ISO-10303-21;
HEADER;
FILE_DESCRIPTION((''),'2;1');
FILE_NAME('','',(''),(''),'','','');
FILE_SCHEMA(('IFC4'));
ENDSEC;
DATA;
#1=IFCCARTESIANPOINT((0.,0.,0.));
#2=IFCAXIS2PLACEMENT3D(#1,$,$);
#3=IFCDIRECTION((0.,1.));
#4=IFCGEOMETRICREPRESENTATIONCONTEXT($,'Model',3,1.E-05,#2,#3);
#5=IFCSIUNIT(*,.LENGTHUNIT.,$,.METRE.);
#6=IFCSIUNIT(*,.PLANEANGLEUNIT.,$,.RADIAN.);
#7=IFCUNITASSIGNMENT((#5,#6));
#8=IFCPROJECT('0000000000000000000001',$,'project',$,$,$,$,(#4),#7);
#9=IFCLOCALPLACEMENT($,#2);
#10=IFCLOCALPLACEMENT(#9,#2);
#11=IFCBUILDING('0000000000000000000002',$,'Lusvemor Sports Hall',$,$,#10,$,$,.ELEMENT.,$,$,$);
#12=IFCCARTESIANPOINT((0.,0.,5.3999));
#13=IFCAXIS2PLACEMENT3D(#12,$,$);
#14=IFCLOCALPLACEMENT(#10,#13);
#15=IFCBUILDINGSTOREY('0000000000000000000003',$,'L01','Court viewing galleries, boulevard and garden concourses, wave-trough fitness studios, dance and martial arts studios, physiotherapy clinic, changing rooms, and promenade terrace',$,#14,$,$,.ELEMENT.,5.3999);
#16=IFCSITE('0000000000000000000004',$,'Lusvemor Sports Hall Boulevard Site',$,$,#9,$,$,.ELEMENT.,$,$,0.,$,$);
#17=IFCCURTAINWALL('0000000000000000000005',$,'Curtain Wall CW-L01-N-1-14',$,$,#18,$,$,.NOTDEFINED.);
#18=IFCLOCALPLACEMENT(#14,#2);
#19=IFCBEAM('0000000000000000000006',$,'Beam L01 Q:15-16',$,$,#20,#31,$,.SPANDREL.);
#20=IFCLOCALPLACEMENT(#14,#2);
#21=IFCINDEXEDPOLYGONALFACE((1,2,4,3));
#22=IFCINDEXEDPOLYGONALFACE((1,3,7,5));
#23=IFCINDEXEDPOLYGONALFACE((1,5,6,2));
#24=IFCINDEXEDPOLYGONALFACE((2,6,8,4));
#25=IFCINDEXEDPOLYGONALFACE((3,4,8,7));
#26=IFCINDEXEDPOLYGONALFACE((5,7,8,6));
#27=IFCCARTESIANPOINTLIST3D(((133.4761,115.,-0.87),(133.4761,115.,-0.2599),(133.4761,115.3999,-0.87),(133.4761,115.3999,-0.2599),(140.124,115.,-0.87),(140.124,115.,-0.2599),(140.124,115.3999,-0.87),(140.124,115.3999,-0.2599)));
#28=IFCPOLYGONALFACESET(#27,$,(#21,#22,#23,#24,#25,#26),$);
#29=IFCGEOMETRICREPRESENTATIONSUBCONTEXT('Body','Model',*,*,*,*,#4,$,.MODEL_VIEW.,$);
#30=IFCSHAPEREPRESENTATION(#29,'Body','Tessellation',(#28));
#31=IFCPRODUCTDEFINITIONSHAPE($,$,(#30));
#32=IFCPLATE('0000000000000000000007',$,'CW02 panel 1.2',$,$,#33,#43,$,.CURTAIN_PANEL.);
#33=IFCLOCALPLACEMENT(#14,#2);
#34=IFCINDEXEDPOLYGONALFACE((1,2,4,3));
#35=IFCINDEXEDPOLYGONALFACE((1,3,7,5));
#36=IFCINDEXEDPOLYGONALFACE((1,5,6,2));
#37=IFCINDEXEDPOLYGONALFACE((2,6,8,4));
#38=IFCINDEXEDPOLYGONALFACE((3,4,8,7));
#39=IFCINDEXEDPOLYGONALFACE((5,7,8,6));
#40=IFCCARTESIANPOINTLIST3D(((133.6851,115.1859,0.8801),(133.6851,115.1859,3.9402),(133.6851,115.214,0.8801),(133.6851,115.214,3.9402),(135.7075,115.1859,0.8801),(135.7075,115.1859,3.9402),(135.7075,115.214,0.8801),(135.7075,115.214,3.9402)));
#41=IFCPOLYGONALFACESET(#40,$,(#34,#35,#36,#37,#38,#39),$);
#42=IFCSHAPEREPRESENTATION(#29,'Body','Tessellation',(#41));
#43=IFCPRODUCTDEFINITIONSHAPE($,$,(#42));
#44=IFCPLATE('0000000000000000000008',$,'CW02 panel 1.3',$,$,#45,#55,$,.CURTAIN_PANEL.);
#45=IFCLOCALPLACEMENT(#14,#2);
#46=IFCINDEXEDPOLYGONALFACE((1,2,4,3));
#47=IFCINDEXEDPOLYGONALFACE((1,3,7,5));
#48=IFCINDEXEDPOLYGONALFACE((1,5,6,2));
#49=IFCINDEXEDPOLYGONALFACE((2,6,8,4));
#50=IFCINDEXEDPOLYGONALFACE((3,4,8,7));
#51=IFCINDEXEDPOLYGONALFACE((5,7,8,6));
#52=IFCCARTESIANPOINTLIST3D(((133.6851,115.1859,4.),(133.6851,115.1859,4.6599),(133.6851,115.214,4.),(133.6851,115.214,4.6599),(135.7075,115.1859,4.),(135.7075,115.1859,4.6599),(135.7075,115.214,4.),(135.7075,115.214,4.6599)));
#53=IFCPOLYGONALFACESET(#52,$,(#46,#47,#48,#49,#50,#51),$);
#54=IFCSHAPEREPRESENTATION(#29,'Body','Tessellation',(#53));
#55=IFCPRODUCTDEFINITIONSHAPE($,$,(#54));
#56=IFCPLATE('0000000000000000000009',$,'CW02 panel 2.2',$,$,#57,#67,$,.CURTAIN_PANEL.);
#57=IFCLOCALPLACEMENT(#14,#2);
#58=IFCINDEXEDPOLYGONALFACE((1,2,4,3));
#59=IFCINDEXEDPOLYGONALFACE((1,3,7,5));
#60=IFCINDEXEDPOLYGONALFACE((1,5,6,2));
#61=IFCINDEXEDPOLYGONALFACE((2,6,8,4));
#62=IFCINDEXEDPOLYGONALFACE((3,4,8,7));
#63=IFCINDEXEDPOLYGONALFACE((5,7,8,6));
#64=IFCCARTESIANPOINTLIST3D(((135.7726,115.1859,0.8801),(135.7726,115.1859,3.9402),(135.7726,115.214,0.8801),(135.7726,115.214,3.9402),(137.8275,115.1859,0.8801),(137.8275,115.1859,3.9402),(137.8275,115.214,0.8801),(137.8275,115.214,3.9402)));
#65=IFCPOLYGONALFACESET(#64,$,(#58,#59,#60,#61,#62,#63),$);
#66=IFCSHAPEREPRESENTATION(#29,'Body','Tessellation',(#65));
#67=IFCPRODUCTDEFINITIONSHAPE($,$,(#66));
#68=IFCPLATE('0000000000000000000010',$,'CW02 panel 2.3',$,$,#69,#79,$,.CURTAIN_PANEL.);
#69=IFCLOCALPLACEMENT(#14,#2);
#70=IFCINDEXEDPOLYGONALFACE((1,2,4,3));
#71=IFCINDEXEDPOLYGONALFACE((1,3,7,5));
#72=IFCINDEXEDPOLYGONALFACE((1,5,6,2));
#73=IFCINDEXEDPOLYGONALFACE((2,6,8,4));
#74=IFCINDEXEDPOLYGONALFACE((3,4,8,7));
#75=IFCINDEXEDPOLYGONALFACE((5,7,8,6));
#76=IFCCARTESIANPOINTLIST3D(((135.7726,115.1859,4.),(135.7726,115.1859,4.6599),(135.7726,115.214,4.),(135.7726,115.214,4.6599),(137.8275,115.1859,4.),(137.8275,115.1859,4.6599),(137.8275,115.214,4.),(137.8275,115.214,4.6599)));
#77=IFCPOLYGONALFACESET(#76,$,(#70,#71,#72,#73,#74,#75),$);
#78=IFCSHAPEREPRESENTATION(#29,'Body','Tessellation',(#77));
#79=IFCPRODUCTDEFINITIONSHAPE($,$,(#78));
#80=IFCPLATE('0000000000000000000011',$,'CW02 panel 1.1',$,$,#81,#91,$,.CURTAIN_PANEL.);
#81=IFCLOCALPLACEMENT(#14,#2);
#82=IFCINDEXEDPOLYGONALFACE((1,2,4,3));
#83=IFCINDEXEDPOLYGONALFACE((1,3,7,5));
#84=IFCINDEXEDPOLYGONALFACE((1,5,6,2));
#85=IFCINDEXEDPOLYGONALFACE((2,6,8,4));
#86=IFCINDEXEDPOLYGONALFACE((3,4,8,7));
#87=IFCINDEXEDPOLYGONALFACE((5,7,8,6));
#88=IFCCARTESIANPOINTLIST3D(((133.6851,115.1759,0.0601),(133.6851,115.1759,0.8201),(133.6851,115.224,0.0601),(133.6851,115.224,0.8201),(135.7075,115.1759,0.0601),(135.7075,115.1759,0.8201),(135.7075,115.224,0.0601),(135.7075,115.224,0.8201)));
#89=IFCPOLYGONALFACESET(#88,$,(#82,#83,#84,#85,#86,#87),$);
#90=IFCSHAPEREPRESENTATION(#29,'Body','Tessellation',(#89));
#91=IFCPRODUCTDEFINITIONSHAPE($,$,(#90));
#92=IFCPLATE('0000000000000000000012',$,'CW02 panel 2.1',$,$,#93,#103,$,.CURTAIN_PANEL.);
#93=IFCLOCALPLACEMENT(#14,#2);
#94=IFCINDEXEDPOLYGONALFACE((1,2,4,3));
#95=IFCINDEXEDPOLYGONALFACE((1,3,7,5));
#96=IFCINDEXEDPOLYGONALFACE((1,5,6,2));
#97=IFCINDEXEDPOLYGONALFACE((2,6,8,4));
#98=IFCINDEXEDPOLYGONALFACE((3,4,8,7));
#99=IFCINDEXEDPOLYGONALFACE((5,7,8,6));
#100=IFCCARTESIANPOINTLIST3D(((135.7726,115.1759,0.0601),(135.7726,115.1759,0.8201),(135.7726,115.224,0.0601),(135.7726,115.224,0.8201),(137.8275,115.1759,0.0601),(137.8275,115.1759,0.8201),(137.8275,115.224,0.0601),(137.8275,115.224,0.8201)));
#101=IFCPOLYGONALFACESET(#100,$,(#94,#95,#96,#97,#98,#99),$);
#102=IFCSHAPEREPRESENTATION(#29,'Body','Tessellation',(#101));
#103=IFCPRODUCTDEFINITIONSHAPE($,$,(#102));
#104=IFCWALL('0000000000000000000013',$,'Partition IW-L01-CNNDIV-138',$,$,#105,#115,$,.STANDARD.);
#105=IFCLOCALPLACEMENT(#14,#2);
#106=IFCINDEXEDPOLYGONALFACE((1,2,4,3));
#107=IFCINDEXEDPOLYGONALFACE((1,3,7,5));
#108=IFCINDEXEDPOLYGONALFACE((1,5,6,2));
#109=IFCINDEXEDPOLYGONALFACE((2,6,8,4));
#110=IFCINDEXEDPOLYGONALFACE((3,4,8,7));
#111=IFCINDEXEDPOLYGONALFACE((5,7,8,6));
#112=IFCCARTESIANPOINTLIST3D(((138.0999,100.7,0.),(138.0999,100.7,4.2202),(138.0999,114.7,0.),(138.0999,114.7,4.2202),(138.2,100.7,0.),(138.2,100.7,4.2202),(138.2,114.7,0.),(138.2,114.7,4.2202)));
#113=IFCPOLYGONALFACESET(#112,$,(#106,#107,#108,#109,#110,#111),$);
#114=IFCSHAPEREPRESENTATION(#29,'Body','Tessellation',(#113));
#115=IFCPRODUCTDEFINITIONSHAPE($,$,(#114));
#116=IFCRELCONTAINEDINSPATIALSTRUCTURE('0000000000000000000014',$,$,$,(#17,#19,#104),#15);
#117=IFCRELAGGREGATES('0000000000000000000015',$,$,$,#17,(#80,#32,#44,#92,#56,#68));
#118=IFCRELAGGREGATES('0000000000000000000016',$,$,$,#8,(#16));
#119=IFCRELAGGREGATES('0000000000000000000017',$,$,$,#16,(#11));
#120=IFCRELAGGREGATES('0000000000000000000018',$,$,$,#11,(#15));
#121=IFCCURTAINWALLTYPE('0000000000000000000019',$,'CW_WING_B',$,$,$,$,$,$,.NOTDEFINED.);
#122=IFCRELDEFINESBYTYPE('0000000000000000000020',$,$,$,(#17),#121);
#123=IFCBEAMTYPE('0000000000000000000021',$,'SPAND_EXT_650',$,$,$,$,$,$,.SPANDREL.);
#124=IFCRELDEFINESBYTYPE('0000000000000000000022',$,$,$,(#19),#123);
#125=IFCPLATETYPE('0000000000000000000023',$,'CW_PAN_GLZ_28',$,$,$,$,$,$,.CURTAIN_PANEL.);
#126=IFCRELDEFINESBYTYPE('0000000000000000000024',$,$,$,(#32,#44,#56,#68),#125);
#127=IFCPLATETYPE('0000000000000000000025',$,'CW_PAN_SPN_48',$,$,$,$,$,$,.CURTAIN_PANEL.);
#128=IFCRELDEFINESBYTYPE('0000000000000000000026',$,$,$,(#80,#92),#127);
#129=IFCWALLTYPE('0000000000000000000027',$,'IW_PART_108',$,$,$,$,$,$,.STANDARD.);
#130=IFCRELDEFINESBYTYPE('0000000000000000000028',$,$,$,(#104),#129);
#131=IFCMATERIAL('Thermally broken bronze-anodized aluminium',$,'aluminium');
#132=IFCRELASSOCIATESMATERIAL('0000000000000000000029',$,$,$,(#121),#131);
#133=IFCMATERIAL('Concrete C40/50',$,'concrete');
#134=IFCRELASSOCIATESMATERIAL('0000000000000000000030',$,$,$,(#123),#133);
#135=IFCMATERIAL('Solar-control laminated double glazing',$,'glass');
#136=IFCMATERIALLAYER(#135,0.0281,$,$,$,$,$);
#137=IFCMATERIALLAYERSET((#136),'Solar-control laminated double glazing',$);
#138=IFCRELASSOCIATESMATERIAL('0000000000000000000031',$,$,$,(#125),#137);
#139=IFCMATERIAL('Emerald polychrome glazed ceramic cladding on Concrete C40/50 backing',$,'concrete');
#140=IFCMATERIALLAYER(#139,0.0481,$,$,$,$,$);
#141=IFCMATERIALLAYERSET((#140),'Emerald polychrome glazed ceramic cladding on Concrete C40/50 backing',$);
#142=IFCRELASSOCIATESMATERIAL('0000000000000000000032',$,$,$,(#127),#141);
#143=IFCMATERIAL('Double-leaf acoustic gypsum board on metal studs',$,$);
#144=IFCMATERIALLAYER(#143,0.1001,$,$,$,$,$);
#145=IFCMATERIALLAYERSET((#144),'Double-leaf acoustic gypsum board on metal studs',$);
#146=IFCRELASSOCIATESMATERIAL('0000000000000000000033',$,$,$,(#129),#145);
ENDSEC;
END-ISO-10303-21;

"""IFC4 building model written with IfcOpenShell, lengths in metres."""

from ifc_helpers import new_model, si_unit, direction, frame, frame_2d, origin, origin_2d, place, context, subcontext, project, spatial, rectangle, extrude, material, layer, layer_set, material_profile, profile_set, type_object, element, aggregate, save


model = new_model("IFC4")

# Units and contexts
model_context = context("Model", 3, precision=1e-05, world=origin(), true_north=direction((0.0, 1.0)))
body_context = subcontext(model_context, "Body", "Model", "MODEL_VIEW")
ifc_project = project(units=[si_unit("LENGTHUNIT", "METRE"), si_unit("PLANEANGLEUNIT", "RADIAN")], contexts=[model_context])

# Site, building, storey
site_placement = place(None, origin())
site = spatial("IfcSite", under=ifc_project, at=site_placement, Name="Lusvemor Sports Hall Boulevard Site", CompositionType="ELEMENT", RefElevation=0.0)
building_placement = place(site_placement, origin())
building = spatial("IfcBuilding", under=site, at=building_placement, Name="Lusvemor Sports Hall", CompositionType="ELEMENT")
storey_placement = place(building_placement, frame((0.0, 0.0, 5.3999)))
storey = spatial("IfcBuildingStorey", under=building, at=storey_placement, Name="L01", Description="Court viewing galleries, boulevard and garden concourses, wave-trough fitness studios, dance and martial arts studios, physiotherapy clinic, changing rooms, and promenade terrace", CompositionType="ELEMENT", Elevation=5.3999)

# Curtain wall
ifc_material_1 = material(Name="Thermally broken bronze-anodized aluminium", Category="aluminium")
curtain_wall_type = type_object("IfcCurtainWallType", Name="CW_WING_B", PredefinedType="NOTDEFINED", material=ifc_material_1)
curtain_wall_placement = place(storey_placement, origin())
curtain_wall = element("IfcCurtainWall", 1, at=curtain_wall_placement, inside=storey, type_object=curtain_wall_type, Name="Curtain Wall CW-L01-N-1-14", PredefinedType="NOTDEFINED")

# Beam
ifc_material_2 = material(Name="Concrete C40/50", Category="concrete")
ifc_material_profile_1 = material_profile(ifc_material_2, rectangle(XDim=0.3999, YDim=0.6101, at=origin_2d()), Name="RC400x610")
ifc_profile_set_1 = profile_set([ifc_material_profile_1], Name="Concrete C40/50")
beam_type_1 = type_object("IfcBeamType", Name="SPAND_EXT_650", PredefinedType="SPANDREL", material=ifc_profile_set_1)
beam_1_placement = place(storey_placement, frame((133.4761, 115.2, -0.5649), z_axis=(1.0, 0.0, 0.0), x_axis=(0.0, 1.0, 0.0)))
element("IfcBeam", 2, at=beam_1_placement, inside=storey, type_object=beam_type_1, Name="Beam L01 Q:15-16", PredefinedType="SPANDREL", context=body_context, shape_type="SweptSolid", body=[
    extrude(rectangle(XDim=0.3999, YDim=0.6101, at=origin_2d()), origin(), (0.0, 0.0, 1.0), 6.6479),
])

# Plates
ifc_material_3 = material(Name="Solar-control laminated double glazing", Category="glass")
ifc_layer_1 = layer(ifc_material_3, 0.0281)
ifc_layer_set_1 = layer_set([ifc_layer_1], Name="Solar-control laminated double glazing")
plate_type_1 = type_object("IfcPlateType", Name="CW_PAN_GLZ_28", PredefinedType="CURTAIN_PANEL", material=ifc_layer_set_1)
plate_1_placement = place(storey_placement, frame((134.6963, 115.2, 0.8801), z_axis=(0.0, 0.0, 1.0), x_axis=(1.0, 0.0, 0.0)))
plate_1 = element("IfcPlate", 3, at=plate_1_placement, type_object=plate_type_1, Name="CW02 panel 1.2", PredefinedType="CURTAIN_PANEL", context=body_context, shape_type="SweptSolid", body=[
    extrude(rectangle(XDim=2.0225, YDim=0.0281, at=origin_2d()), origin(), (0.0, 0.0, 1.0), 3.0601),
])
plate_2_placement = place(storey_placement, frame((134.6963, 115.2, 4.0), z_axis=(0.0, 0.0, 1.0), x_axis=(1.0, 0.0, 0.0)))
plate_2 = element("IfcPlate", 4, at=plate_2_placement, type_object=plate_type_1, Name="CW02 panel 1.3", PredefinedType="CURTAIN_PANEL", context=body_context, shape_type="SweptSolid", body=[
    extrude(rectangle(XDim=2.0225, YDim=0.0281, at=origin_2d()), origin(), (0.0, 0.0, 1.0), 0.6599),
])
plate_3_placement = place(storey_placement, frame((136.8, 115.2, 0.8801), z_axis=(0.0, 0.0, 1.0), x_axis=(1.0, 0.0, 0.0)))
plate_3 = element("IfcPlate", 5, at=plate_3_placement, type_object=plate_type_1, Name="CW02 panel 2.2", PredefinedType="CURTAIN_PANEL", context=body_context, shape_type="SweptSolid", body=[
    extrude(rectangle(XDim=2.0549, YDim=0.0281, at=origin_2d()), origin(), (0.0, 0.0, 1.0), 3.0601),
])
plate_4_placement = place(storey_placement, frame((136.8, 115.2, 4.0), z_axis=(0.0, 0.0, 1.0), x_axis=(1.0, 0.0, 0.0)))
plate_4 = element("IfcPlate", 6, at=plate_4_placement, type_object=plate_type_1, Name="CW02 panel 2.3", PredefinedType="CURTAIN_PANEL", context=body_context, shape_type="SweptSolid", body=[
    extrude(rectangle(XDim=2.0549, YDim=0.0281, at=origin_2d()), origin(), (0.0, 0.0, 1.0), 0.6599),
])
ifc_material_4 = material(Name="Emerald polychrome glazed ceramic cladding on Concrete C40/50 backing", Category="concrete")
ifc_layer_2 = layer(ifc_material_4, 0.0481)
ifc_layer_set_2 = layer_set([ifc_layer_2], Name="Emerald polychrome glazed ceramic cladding on Concrete C40/50 backing")
plate_type_2 = type_object("IfcPlateType", Name="CW_PAN_SPN_48", PredefinedType="CURTAIN_PANEL", material=ifc_layer_set_2)
plate_5_placement = place(storey_placement, frame((134.6963, 115.2, 0.0601), z_axis=(0.0, 0.0, 1.0), x_axis=(1.0, 0.0, 0.0)))
plate_5 = element("IfcPlate", 7, at=plate_5_placement, type_object=plate_type_2, Name="CW02 panel 1.1", PredefinedType="CURTAIN_PANEL", context=body_context, shape_type="SweptSolid", body=[
    extrude(rectangle(XDim=2.0225, YDim=0.0481, at=origin_2d()), origin(), (0.0, 0.0, 1.0), 0.76),
])
plate_6_placement = place(storey_placement, frame((136.8, 115.2, 0.0601), z_axis=(0.0, 0.0, 1.0), x_axis=(1.0, 0.0, 0.0)))
plate_6 = element("IfcPlate", 8, at=plate_6_placement, type_object=plate_type_2, Name="CW02 panel 2.1", PredefinedType="CURTAIN_PANEL", context=body_context, shape_type="SweptSolid", body=[
    extrude(rectangle(XDim=2.0549, YDim=0.0481, at=origin_2d()), origin(), (0.0, 0.0, 1.0), 0.76),
])
aggregate(curtain_wall, [plate_5, plate_1, plate_2, plate_6, plate_3, plate_4])

# Wall
ifc_material_5 = material(Name="Double-leaf acoustic gypsum board on metal studs")
ifc_layer_3 = layer(ifc_material_5, 0.1001)
ifc_layer_set_3 = layer_set([ifc_layer_3], Name="Double-leaf acoustic gypsum board on metal studs")
wall_type = type_object("IfcWallType", Name="IW_PART_108", PredefinedType="STANDARD", material=ifc_layer_set_3)
wall_placement = place(storey_placement, frame((138.1499, 100.7, 0.0), z_axis=(0.0, 0.0, 1.0), x_axis=(0.0, 1.0, 0.0)))
element("IfcWall", 9, at=wall_placement, inside=storey, type_object=wall_type, Name="Partition IW-L01-CNNDIV-138", PredefinedType="STANDARD", context=body_context, shape_type="SweptSolid", body=[
    extrude(rectangle(XDim=14.0, YDim=0.1001, at=frame_2d((7.0, 0.0))), origin(), (0.0, 0.0, 1.0), 4.2202),
])

save(model, "model.ifc")
